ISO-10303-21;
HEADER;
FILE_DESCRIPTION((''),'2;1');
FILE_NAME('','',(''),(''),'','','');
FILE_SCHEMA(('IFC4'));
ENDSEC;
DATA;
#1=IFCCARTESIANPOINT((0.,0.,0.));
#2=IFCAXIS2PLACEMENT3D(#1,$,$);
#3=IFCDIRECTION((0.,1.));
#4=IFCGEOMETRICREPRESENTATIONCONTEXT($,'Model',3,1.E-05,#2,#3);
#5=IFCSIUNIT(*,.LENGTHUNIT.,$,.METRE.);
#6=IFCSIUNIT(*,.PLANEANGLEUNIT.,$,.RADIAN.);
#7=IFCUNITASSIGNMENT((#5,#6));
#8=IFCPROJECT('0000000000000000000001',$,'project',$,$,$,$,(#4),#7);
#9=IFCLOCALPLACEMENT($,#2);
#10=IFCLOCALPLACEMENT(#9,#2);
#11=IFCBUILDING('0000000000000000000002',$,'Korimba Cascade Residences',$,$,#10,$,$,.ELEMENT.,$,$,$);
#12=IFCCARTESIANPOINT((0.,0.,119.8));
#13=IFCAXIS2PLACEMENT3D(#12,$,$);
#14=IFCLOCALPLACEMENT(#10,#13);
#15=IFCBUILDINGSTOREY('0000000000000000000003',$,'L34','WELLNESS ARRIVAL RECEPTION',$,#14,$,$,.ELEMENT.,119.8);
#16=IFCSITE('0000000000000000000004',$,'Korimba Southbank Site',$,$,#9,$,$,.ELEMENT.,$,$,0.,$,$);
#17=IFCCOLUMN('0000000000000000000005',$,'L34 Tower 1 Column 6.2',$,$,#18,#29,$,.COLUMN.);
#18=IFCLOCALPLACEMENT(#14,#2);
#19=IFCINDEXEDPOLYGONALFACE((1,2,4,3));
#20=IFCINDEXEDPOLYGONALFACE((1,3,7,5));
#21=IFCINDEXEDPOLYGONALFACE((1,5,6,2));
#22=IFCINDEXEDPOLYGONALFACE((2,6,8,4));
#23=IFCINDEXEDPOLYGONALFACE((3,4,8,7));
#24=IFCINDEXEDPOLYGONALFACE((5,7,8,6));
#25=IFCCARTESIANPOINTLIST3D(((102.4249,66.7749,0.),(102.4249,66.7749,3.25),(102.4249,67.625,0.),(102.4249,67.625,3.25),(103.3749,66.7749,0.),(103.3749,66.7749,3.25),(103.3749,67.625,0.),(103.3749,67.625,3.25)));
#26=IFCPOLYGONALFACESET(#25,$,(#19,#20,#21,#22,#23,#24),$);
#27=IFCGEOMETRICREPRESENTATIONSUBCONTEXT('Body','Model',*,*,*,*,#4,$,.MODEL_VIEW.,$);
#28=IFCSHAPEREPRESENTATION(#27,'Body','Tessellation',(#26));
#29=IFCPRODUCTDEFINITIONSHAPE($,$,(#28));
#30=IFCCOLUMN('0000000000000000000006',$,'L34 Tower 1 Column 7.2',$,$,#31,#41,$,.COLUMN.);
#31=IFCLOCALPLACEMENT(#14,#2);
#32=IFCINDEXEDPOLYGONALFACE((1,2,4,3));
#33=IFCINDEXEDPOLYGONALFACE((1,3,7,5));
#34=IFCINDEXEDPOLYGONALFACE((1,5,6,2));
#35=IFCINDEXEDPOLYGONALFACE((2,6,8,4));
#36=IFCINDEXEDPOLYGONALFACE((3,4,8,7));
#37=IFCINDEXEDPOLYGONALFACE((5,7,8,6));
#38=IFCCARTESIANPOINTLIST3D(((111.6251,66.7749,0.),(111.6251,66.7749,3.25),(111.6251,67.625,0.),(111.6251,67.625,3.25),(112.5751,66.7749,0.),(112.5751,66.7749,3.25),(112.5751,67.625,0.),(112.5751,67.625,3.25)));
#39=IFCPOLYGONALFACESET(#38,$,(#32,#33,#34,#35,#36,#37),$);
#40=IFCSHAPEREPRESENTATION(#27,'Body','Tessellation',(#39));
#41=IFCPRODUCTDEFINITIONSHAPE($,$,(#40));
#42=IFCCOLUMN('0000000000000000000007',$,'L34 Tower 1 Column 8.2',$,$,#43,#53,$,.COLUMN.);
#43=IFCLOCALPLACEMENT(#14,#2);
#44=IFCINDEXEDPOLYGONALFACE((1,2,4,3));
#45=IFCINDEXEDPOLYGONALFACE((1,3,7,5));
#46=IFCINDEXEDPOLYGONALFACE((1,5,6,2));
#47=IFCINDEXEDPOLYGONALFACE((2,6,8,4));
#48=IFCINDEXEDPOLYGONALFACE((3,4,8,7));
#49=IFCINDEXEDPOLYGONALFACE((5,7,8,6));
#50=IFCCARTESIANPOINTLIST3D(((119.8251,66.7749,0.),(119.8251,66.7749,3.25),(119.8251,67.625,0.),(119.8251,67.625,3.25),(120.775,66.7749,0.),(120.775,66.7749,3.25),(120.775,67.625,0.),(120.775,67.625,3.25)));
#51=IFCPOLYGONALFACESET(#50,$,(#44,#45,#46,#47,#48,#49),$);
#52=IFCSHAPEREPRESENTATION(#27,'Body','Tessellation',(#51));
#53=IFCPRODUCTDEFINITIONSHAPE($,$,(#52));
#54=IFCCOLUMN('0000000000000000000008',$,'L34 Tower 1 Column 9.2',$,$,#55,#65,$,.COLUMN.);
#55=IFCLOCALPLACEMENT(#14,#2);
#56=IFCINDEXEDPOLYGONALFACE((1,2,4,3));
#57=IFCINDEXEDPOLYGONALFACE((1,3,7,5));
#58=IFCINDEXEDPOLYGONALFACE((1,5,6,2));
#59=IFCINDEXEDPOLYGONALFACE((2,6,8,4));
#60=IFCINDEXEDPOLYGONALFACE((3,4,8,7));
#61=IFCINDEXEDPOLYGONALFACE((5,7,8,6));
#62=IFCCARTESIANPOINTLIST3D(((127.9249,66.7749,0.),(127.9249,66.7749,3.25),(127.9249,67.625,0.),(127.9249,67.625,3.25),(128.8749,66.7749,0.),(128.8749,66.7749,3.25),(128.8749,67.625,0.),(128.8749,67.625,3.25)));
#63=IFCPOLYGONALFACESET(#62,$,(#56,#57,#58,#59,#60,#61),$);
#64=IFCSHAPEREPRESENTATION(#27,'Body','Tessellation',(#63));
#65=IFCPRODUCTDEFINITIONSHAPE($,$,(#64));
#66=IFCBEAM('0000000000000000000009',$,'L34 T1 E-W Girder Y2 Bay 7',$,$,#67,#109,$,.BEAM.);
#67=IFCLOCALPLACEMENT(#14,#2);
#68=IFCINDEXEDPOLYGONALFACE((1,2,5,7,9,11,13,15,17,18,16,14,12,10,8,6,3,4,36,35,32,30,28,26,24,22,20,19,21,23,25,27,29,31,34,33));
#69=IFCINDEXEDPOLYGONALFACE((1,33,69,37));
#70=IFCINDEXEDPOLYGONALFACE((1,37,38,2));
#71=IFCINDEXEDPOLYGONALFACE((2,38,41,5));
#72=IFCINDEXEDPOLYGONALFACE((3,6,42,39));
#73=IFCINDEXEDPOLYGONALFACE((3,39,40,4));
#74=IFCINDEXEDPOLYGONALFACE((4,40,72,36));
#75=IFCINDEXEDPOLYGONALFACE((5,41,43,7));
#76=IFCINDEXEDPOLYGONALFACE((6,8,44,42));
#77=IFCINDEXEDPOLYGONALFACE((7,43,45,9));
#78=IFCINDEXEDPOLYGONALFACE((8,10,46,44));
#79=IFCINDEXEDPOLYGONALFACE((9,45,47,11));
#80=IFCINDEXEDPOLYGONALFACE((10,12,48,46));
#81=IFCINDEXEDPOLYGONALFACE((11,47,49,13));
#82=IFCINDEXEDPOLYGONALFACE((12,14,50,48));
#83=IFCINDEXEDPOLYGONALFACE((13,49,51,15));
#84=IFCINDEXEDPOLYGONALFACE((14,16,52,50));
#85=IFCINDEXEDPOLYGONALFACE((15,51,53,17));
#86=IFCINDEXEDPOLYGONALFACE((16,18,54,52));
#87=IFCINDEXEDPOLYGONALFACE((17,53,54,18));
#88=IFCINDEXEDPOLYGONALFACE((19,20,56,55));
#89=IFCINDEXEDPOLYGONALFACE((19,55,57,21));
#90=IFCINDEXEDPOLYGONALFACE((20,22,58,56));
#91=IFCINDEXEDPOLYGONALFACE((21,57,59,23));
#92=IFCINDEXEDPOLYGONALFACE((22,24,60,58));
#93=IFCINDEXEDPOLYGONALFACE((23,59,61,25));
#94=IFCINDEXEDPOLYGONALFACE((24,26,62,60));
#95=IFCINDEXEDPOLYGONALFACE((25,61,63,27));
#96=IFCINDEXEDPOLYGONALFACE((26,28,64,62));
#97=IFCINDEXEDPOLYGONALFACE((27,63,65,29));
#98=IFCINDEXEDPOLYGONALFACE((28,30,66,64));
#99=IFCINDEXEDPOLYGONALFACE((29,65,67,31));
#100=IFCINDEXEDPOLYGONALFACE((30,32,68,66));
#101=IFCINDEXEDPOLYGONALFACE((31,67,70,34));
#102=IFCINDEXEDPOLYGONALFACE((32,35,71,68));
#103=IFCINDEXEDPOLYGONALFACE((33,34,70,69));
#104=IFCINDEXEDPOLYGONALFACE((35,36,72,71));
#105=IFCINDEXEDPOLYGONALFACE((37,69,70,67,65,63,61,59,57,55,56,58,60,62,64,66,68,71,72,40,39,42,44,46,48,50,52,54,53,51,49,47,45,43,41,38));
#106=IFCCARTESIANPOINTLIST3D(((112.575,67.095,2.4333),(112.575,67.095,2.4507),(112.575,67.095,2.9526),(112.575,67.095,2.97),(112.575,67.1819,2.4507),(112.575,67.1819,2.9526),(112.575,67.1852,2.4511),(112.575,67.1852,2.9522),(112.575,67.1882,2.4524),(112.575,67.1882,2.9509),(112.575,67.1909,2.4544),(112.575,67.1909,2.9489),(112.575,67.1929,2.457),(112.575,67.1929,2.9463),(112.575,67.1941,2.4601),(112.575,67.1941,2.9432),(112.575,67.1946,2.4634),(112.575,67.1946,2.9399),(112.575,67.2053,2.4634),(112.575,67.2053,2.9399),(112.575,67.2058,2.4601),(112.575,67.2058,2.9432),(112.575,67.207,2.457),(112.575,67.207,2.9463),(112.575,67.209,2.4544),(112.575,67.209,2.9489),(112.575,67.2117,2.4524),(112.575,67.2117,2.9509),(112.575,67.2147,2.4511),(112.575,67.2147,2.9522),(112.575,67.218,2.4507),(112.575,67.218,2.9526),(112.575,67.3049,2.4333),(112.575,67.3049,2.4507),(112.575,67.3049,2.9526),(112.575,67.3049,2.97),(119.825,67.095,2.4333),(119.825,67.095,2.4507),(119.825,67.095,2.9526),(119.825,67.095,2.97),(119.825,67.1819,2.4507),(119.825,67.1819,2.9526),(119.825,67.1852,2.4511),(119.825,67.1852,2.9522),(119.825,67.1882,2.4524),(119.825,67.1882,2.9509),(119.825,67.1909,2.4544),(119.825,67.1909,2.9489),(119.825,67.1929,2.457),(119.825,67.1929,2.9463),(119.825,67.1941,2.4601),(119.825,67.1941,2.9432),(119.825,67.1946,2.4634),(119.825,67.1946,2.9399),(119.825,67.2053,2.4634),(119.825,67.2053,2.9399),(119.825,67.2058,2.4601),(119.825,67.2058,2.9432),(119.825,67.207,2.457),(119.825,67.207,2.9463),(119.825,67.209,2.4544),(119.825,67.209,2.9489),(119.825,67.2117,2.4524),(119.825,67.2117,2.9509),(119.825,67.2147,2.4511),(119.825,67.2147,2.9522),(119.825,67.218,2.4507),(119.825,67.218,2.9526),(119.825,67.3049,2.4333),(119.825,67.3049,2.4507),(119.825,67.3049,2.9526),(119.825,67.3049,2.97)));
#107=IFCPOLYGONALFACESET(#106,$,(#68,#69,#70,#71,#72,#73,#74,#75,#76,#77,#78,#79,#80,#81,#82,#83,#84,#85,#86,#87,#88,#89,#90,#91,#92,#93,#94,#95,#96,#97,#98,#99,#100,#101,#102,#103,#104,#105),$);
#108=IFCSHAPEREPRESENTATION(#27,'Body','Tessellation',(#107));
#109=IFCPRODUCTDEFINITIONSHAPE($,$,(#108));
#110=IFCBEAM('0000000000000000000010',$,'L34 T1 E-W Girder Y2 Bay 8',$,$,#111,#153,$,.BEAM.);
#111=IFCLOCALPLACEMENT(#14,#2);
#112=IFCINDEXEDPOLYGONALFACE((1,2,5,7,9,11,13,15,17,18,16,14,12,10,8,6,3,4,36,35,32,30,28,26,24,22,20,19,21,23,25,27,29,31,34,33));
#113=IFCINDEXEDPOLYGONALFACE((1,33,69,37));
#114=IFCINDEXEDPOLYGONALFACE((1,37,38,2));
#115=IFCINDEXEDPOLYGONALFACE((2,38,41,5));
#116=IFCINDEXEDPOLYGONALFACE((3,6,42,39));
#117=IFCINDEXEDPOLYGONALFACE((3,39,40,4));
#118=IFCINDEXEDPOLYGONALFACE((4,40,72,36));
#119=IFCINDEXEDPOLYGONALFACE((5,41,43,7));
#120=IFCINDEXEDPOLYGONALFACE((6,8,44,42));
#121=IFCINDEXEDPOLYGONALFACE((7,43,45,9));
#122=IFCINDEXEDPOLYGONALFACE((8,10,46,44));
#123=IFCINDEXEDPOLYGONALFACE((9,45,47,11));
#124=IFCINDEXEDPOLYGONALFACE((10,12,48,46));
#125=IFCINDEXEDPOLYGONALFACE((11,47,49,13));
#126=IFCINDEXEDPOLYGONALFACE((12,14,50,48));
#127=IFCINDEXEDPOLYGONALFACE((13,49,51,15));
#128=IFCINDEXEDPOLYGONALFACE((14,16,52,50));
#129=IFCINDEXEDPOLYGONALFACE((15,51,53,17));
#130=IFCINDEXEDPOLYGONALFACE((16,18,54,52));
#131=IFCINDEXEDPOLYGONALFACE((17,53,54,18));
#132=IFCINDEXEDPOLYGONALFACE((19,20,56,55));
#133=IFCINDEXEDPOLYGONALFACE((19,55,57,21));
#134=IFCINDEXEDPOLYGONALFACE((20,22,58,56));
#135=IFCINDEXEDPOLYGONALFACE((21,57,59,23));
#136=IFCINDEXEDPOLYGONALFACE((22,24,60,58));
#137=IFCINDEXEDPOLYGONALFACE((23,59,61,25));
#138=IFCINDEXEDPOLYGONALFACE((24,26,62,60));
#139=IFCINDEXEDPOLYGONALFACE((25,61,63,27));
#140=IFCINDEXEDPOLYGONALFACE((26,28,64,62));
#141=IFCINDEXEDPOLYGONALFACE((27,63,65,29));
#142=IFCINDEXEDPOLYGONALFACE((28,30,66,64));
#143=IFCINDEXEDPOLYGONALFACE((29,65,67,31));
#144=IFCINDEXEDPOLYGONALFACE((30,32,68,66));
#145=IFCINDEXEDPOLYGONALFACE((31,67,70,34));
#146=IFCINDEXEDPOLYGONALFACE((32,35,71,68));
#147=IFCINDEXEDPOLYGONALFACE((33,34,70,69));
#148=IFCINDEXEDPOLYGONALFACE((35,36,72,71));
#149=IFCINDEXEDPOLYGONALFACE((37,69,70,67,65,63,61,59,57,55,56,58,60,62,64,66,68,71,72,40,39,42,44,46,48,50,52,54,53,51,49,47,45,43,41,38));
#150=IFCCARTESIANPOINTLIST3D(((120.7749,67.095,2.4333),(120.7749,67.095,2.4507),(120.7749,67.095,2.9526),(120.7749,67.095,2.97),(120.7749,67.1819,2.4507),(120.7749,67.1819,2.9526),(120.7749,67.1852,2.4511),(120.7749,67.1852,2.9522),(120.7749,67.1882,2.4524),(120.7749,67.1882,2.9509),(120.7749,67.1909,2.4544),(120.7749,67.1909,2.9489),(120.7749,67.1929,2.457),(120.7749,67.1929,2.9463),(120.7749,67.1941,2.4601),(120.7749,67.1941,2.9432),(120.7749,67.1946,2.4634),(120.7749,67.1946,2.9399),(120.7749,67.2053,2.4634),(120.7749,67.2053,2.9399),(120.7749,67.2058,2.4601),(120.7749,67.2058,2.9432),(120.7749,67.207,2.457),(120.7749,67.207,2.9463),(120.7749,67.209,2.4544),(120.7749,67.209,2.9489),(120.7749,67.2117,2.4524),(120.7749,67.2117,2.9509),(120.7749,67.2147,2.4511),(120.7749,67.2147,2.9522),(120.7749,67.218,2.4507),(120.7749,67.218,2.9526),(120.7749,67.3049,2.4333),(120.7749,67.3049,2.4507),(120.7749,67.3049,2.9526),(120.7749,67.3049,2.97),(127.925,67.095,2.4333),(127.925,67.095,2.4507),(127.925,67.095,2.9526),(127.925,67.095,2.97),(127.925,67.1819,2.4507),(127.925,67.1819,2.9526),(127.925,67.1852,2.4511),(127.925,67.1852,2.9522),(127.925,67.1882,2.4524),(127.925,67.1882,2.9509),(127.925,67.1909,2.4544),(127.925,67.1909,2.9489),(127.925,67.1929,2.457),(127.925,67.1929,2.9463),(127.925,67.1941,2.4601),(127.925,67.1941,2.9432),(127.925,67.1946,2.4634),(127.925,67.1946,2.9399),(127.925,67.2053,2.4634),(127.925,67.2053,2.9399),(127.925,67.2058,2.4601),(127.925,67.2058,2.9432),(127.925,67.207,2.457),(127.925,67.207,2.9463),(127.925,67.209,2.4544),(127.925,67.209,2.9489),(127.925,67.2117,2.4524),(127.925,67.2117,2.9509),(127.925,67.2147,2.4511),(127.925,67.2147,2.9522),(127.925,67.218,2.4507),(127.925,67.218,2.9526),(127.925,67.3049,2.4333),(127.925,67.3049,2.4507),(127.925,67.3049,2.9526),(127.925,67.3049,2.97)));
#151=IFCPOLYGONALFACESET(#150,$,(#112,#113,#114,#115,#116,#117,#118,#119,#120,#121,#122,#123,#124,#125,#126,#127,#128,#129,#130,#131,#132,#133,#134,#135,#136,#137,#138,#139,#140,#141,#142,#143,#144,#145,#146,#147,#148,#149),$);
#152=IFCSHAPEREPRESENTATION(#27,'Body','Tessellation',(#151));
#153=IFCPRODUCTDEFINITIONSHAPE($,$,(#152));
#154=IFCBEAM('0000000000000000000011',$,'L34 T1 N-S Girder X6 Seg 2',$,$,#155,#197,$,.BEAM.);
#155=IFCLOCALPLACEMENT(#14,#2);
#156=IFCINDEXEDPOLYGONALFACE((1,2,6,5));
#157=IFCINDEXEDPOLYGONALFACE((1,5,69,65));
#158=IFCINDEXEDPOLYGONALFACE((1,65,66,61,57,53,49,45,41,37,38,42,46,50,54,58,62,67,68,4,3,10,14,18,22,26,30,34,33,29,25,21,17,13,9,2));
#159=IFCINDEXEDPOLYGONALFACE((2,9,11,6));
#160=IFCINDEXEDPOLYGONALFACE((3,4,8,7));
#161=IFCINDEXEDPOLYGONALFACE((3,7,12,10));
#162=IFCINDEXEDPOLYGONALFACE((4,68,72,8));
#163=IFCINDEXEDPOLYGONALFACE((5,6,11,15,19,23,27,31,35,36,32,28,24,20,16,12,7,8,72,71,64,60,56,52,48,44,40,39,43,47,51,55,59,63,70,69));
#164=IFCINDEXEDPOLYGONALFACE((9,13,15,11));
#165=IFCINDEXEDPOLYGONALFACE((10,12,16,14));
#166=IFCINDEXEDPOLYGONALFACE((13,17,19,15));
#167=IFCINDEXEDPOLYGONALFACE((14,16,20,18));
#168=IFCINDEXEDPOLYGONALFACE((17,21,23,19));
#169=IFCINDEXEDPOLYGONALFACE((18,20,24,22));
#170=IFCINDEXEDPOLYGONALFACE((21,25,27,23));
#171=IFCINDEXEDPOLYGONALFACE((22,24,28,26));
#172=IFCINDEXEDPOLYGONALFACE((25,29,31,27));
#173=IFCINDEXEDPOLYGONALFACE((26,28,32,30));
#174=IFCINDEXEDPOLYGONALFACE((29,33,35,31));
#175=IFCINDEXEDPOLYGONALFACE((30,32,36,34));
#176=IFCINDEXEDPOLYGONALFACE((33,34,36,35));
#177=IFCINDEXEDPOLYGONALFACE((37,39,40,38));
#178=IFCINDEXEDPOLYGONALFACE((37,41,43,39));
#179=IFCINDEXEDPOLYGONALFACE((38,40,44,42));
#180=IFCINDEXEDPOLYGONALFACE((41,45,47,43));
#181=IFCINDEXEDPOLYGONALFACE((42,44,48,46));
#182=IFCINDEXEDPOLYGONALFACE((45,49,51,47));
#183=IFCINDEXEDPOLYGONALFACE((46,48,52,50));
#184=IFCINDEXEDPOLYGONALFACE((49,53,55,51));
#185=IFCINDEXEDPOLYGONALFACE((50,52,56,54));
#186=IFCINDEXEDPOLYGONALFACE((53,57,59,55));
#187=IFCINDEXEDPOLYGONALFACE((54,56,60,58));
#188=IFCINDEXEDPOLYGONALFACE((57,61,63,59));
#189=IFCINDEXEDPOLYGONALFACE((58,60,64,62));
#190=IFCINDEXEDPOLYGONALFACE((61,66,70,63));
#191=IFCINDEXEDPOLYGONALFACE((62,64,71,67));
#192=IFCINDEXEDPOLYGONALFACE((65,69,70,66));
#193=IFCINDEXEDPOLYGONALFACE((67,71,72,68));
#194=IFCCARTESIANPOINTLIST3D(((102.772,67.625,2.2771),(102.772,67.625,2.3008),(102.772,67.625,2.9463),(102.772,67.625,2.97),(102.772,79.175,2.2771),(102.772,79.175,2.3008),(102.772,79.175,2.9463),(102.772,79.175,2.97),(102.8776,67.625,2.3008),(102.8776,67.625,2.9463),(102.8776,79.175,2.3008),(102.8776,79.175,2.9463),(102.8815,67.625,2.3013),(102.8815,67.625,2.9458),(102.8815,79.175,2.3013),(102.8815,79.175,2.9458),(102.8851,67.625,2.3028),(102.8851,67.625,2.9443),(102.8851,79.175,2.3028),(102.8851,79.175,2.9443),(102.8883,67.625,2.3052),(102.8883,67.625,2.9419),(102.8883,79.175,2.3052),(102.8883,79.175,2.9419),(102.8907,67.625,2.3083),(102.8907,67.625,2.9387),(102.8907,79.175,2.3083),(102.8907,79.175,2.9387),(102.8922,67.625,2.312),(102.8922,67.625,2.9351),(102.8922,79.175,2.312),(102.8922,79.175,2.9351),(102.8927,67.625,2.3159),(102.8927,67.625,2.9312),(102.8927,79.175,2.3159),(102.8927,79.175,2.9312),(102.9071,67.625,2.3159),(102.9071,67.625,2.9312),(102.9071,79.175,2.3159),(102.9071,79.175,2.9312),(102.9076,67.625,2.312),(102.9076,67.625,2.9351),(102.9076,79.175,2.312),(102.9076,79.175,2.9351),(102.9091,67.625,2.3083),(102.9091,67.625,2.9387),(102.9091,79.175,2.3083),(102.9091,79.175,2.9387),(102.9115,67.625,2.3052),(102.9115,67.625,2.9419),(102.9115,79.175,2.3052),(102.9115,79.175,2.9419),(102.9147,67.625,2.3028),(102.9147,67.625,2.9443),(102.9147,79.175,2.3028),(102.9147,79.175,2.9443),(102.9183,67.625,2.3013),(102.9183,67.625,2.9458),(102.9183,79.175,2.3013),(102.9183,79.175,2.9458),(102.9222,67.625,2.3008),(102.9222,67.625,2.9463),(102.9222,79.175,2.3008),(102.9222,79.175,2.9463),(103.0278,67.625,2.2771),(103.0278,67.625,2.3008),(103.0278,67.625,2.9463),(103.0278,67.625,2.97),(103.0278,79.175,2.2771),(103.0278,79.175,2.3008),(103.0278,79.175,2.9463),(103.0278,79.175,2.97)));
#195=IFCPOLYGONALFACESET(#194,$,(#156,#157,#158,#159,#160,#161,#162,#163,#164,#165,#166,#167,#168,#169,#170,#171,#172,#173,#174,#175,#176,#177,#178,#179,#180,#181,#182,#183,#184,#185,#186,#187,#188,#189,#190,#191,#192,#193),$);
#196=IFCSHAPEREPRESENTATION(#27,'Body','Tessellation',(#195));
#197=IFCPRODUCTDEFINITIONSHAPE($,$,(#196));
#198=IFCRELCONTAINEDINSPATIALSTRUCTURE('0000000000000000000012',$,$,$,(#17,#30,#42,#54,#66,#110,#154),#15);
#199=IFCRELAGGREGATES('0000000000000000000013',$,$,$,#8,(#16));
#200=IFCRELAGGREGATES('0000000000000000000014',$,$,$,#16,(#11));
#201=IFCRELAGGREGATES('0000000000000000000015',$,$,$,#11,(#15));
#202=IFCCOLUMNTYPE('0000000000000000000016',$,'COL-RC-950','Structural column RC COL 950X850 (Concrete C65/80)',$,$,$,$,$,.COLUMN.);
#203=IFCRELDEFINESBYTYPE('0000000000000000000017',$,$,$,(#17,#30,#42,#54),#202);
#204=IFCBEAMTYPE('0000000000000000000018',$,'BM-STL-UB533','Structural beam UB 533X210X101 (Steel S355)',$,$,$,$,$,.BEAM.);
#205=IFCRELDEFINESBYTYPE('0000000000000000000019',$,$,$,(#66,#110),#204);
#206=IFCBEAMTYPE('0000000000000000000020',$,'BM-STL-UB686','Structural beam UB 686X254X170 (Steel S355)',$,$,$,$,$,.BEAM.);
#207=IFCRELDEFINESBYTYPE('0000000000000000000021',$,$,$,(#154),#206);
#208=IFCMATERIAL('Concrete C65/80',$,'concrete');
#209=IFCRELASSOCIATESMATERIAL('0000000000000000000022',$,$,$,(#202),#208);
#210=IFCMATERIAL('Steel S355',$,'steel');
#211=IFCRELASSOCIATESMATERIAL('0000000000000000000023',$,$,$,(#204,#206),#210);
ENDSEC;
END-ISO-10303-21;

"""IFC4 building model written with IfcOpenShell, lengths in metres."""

from ifc_helpers import new_model, si_unit, direction, frame, origin, origin_2d, place, context, subcontext, project, spatial, rectangle, i_section, extrude, material, material_profile, profile_set, type_object, element, save


model = new_model("IFC4")

# Units and contexts
model_context = context("Model", 3, precision=1e-05, world=origin(), true_north=direction((0.0, 1.0)))
body_context = subcontext(model_context, "Body", "Model", "MODEL_VIEW")
ifc_project = project(units=[si_unit("LENGTHUNIT", "METRE"), si_unit("PLANEANGLEUNIT", "RADIAN")], contexts=[model_context])

# Site, building, storey
site_placement = place(None, origin())
site = spatial("IfcSite", under=ifc_project, at=site_placement, Name="Korimba Southbank Site", CompositionType="ELEMENT", RefElevation=0.0)
building_placement = place(site_placement, origin())
building = spatial("IfcBuilding", under=site, at=building_placement, Name="Korimba Cascade Residences", CompositionType="ELEMENT")
storey_placement = place(building_placement, frame((0.0, 0.0, 119.8)))
storey = spatial("IfcBuildingStorey", under=building, at=storey_placement, Name="L34", Description="WELLNESS ARRIVAL RECEPTION", CompositionType="ELEMENT", Elevation=119.8)

# Columns
ifc_material_1 = material(Name="Concrete C65/80", Category="concrete")
ifc_material_profile_1 = material_profile(ifc_material_1, rectangle(XDim=0.95, YDim=0.8501, at=origin_2d()), Name="Concrete C65/80")
ifc_profile_set_1 = profile_set([ifc_material_profile_1], Name="Concrete C65/80")
column_type = type_object("IfcColumnType", Name="COL-RC-950", Description="Structural column RC COL 950X850 (Concrete C65/80)", PredefinedType="COLUMN", material=ifc_profile_set_1)
for number, where, z_axis, x_axis, name in (
    (1, (102.8999, 67.2, 0.0), (0.0, 0.0, 1.0), (1.0, 0.0, 0.0), "L34 Tower 1 Column 6.2"),
    (2, (112.1001, 67.2, 0.0), (0.0, 0.0, 1.0), (1.0, 0.0, 0.0), "L34 Tower 1 Column 7.2"),
    (3, (120.3, 67.2, 0.0), (0.0, 0.0, 1.0), (1.0, 0.0, 0.0), "L34 Tower 1 Column 8.2"),
    (4, (128.3999, 67.2, 0.0), (0.0, 0.0, 1.0), (1.0, 0.0, 0.0), "L34 Tower 1 Column 9.2"),
):
    element("IfcColumn", number, at=place(storey_placement, frame(where, z_axis=z_axis, x_axis=x_axis)), inside=storey, type_object=column_type, Name=name, PredefinedType="COLUMN", context=body_context, shape_type="SweptSolid", body=[
        extrude(rectangle(XDim=0.95, YDim=0.8501, at=origin_2d()), origin(), (0.0, 0.0, 1.0), 3.25),
    ])

# Beams
ifc_material_2 = material(Name="Steel S355", Category="steel")
ifc_material_profile_2 = material_profile(ifc_material_2, i_section(OverallWidth=0.21, OverallDepth=0.5366, WebThickness=0.0107, FlangeThickness=0.0173, FilletRadius=0.0127, at=origin_2d()), Name="Steel S355")
ifc_profile_set_2 = profile_set([ifc_material_profile_2], Name="Steel S355")
beam_type_1 = type_object("IfcBeamType", Name="BM-STL-UB533", Description="Structural beam UB 533X210X101 (Steel S355)", PredefinedType="BEAM", material=ifc_profile_set_2)
beam_1_placement = place(storey_placement, frame((112.575, 67.2, 2.7017), z_axis=(1.0, 0.0, 0.0), x_axis=(0.0, 1.0, 0.0)))
element("IfcBeam", 5, at=beam_1_placement, inside=storey, type_object=beam_type_1, Name="L34 T1 E-W Girder Y2 Bay 7", PredefinedType="BEAM", context=body_context, shape_type="SweptSolid", body=[
    extrude(i_section(OverallWidth=0.21, OverallDepth=0.5366, WebThickness=0.0107, FlangeThickness=0.0173, FilletRadius=0.0127, at=origin_2d()), origin(), (0.0, 0.0, 1.0), 7.25),
])
beam_2_placement = place(storey_placement, frame((120.7749, 67.2, 2.7017), z_axis=(1.0, 0.0, 0.0), x_axis=(0.0, 1.0, 0.0)))
element("IfcBeam", 6, at=beam_2_placement, inside=storey, type_object=beam_type_1, Name="L34 T1 E-W Girder Y2 Bay 8", PredefinedType="BEAM", context=body_context, shape_type="SweptSolid", body=[
    extrude(i_section(OverallWidth=0.21, OverallDepth=0.5366, WebThickness=0.0107, FlangeThickness=0.0173, FilletRadius=0.0127, at=origin_2d()), origin(), (0.0, 0.0, 1.0), 7.1501),
])
ifc_material_profile_3 = material_profile(ifc_material_2, i_section(OverallWidth=0.2559, OverallDepth=0.6929, WebThickness=0.0144, FlangeThickness=0.0237, FilletRadius=0.0151, at=origin_2d()), Name="Steel S355")
ifc_profile_set_3 = profile_set([ifc_material_profile_3], Name="Steel S355")
beam_type_2 = type_object("IfcBeamType", Name="BM-STL-UB686", Description="Structural beam UB 686X254X170 (Steel S355)", PredefinedType="BEAM", material=ifc_profile_set_3)
beam_3_placement = place(storey_placement, frame((102.8999, 67.625, 2.6235), z_axis=(0.0, 1.0, 0.0), x_axis=(-1.0, 0.0, 0.0)))
element("IfcBeam", 7, at=beam_3_placement, inside=storey, type_object=beam_type_2, Name="L34 T1 N-S Girder X6 Seg 2", PredefinedType="BEAM", context=body_context, shape_type="SweptSolid", body=[
    extrude(i_section(OverallWidth=0.2559, OverallDepth=0.6929, WebThickness=0.0144, FlangeThickness=0.0237, FilletRadius=0.0151, at=origin_2d()), origin(), (0.0, 0.0, 1.0), 11.55),
])

save(model, "model.ifc")
